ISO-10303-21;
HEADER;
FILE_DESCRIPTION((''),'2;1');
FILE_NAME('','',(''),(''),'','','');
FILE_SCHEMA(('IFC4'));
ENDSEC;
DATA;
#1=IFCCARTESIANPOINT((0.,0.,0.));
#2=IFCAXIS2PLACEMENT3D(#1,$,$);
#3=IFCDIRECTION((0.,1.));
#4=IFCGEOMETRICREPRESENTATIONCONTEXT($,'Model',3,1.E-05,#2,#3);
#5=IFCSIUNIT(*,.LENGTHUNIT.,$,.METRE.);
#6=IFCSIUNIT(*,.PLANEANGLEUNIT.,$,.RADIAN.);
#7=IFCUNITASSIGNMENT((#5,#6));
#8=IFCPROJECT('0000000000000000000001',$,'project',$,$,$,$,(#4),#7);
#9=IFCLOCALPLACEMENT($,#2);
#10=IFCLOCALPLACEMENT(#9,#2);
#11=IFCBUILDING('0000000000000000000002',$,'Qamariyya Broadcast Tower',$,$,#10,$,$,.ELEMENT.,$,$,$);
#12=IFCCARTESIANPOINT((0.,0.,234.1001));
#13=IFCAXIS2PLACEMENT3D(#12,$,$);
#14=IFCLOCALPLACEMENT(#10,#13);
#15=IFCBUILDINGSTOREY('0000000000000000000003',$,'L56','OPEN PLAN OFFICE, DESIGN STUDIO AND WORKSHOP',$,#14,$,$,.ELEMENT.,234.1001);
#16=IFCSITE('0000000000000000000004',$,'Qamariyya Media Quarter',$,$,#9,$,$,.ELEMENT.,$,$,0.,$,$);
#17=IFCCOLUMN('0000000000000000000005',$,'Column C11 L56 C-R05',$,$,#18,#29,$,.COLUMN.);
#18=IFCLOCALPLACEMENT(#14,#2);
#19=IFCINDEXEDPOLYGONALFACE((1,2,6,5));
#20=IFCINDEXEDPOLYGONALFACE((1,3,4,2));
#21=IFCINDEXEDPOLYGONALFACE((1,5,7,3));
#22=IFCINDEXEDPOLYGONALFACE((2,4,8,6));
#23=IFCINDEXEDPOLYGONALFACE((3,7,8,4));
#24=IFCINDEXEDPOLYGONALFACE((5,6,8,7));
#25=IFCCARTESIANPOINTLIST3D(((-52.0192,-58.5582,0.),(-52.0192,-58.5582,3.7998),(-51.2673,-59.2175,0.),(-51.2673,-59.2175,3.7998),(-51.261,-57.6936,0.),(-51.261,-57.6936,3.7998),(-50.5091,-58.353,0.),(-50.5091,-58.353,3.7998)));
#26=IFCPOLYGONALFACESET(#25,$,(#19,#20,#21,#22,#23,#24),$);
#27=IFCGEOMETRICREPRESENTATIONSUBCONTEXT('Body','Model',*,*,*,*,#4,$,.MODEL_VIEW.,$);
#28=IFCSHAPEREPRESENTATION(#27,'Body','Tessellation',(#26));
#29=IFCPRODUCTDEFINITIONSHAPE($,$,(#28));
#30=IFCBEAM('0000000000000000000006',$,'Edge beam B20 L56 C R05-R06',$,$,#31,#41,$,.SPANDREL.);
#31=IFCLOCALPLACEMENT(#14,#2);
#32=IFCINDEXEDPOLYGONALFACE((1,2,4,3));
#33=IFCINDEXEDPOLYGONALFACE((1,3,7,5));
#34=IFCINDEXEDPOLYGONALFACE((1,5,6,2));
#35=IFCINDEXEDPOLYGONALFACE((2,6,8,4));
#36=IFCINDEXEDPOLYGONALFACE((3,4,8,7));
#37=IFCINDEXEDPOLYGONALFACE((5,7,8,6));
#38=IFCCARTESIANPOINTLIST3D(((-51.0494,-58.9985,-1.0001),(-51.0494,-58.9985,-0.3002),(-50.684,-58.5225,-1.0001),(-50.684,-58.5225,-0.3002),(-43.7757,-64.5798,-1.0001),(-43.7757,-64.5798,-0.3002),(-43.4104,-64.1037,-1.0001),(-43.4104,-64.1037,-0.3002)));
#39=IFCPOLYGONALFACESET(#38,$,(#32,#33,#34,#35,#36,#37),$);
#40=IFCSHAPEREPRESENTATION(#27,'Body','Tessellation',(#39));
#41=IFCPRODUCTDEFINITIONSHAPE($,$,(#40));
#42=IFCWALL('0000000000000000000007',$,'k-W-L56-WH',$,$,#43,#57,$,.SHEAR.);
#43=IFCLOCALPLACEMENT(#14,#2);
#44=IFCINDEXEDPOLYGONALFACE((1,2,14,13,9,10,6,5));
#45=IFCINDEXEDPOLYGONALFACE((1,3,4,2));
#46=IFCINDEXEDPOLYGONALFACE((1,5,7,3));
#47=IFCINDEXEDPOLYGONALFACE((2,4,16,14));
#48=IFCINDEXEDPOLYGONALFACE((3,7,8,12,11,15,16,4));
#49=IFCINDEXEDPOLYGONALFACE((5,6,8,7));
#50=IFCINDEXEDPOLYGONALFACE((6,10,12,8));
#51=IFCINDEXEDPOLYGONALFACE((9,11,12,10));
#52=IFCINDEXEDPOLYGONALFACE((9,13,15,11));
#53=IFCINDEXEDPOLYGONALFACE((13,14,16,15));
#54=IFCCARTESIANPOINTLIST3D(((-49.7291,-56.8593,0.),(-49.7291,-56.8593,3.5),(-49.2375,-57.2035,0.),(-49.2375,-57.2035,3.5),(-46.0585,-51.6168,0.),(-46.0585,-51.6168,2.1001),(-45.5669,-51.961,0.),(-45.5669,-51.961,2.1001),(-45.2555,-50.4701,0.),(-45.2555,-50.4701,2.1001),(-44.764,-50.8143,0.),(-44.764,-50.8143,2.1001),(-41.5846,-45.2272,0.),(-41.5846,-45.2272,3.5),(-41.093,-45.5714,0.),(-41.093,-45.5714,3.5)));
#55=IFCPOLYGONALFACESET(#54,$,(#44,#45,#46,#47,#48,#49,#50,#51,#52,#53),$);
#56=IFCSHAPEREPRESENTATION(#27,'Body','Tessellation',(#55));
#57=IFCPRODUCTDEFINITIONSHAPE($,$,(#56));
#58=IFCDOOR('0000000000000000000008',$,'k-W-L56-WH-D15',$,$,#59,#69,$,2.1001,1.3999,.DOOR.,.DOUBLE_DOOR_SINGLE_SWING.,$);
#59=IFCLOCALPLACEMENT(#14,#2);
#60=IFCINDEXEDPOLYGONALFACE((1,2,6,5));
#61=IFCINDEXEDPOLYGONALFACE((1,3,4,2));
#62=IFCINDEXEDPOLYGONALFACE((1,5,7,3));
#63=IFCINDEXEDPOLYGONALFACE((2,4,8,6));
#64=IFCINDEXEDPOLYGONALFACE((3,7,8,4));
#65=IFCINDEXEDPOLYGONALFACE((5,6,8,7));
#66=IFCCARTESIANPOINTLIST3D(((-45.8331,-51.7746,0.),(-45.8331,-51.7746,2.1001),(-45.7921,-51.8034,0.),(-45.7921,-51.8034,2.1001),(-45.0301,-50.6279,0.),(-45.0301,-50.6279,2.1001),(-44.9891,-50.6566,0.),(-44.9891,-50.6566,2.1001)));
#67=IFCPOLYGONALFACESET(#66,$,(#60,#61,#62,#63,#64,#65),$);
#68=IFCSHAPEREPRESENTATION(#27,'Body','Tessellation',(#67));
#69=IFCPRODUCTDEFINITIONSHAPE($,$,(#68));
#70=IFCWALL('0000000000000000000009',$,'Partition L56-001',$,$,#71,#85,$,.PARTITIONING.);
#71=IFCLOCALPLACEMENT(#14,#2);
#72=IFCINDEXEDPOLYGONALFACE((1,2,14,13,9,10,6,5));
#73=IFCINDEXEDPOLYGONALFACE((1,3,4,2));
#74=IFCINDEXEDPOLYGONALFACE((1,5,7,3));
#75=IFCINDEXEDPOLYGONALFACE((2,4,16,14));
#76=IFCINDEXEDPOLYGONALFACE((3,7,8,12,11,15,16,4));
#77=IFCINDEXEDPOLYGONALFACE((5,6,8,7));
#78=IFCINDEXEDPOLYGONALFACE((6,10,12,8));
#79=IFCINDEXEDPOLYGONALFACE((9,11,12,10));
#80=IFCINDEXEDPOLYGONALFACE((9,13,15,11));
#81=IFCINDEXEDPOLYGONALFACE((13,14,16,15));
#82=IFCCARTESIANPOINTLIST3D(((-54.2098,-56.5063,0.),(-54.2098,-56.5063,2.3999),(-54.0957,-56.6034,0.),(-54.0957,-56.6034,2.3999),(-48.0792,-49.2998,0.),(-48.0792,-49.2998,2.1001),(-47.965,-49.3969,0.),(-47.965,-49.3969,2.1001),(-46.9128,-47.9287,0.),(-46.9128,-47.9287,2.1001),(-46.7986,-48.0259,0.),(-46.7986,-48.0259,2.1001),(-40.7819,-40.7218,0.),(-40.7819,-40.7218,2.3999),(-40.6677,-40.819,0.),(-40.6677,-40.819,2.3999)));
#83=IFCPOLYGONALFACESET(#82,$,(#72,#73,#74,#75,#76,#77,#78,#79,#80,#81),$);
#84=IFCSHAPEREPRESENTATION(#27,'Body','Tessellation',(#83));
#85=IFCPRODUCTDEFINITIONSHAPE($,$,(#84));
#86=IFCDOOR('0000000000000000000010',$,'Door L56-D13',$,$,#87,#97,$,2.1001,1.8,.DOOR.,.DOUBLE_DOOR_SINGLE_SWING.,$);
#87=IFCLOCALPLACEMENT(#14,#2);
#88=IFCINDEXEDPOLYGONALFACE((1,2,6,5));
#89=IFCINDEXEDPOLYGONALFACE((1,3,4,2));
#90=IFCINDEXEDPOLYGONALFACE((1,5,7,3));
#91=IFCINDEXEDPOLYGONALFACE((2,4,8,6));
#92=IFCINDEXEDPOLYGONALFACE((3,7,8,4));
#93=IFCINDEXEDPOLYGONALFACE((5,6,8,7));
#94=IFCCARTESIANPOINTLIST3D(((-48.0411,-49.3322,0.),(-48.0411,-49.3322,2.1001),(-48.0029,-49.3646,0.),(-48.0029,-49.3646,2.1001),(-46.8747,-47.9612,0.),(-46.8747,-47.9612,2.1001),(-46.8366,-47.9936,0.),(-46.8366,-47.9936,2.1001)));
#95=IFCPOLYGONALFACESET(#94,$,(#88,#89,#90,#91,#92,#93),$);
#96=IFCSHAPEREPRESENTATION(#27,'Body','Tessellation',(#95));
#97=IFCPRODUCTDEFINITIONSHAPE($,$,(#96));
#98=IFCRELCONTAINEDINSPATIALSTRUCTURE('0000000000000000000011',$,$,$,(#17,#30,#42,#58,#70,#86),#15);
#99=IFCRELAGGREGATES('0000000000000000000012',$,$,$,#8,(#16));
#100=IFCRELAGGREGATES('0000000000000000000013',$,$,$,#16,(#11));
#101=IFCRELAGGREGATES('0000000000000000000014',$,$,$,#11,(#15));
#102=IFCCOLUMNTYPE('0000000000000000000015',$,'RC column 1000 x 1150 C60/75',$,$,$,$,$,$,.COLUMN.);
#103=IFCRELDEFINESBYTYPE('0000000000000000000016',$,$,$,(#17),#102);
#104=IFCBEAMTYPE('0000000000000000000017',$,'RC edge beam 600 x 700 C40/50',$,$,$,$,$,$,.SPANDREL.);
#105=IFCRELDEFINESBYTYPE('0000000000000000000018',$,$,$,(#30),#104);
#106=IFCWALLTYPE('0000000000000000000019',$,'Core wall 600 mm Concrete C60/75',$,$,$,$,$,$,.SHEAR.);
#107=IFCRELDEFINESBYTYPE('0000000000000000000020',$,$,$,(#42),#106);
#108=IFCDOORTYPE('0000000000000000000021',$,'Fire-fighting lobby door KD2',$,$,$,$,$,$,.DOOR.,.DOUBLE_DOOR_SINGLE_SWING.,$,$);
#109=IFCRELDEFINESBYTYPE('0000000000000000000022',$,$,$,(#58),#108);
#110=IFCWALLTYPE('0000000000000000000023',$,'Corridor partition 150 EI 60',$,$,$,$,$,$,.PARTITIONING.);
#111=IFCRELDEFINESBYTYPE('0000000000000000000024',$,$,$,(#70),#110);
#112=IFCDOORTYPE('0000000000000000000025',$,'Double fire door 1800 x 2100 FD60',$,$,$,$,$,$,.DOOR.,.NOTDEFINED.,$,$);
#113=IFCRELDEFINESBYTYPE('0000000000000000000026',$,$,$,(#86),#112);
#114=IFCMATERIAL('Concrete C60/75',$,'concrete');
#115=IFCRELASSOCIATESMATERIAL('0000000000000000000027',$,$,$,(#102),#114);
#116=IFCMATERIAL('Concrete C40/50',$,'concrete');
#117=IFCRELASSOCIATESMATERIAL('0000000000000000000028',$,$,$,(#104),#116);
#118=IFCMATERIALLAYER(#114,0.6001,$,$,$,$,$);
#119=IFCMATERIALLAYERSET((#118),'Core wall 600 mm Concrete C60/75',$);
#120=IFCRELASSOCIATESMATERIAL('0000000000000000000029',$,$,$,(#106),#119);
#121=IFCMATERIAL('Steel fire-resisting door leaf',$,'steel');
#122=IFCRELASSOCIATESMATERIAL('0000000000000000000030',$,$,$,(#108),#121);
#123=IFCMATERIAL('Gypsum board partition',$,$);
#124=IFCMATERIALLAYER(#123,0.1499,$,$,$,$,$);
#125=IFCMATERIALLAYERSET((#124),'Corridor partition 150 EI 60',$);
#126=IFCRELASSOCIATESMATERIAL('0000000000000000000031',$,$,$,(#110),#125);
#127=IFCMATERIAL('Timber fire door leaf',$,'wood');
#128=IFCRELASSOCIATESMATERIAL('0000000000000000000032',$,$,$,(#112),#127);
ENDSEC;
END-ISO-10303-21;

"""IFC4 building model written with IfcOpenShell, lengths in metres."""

from ifc_helpers import new_model, si_unit, direction, frame, frame_2d, origin, origin_2d, place, context, subcontext, project, spatial, rectangle, extrude, material, layer, layer_set, material_profile, profile_set, type_object, element, fill, save


model = new_model("IFC4")

# Units and contexts
model_context = context("Model", 3, precision=1e-05, world=origin(), true_north=direction((0.0, 1.0)))
body_context = subcontext(model_context, "Body", "Model", "MODEL_VIEW")
ifc_project = project(units=[si_unit("LENGTHUNIT", "METRE"), si_unit("PLANEANGLEUNIT", "RADIAN")], contexts=[model_context])

# Site, building, storey
site_placement = place(None, origin())
site = spatial("IfcSite", under=ifc_project, at=site_placement, Name="Qamariyya Media Quarter", CompositionType="ELEMENT", RefElevation=0.0)
building_placement = place(site_placement, origin())
building = spatial("IfcBuilding", under=site, at=building_placement, Name="Qamariyya Broadcast Tower", CompositionType="ELEMENT")
storey_placement = place(building_placement, frame((0.0, 0.0, 234.1001)))
storey = spatial("IfcBuildingStorey", under=building, at=storey_placement, Name="L56", Description="OPEN PLAN OFFICE, DESIGN STUDIO AND WORKSHOP", CompositionType="ELEMENT", Elevation=234.1001)

# Column
ifc_material_1 = material(Name="Concrete C60/75", Category="concrete")
ifc_material_profile_1 = material_profile(ifc_material_1, rectangle(XDim=1.0, YDim=1.1499, at=origin_2d()))
ifc_profile_set_1 = profile_set([ifc_material_profile_1], Name="Concrete C60/75")
column_type = type_object("IfcColumnType", Name="RC column 1000 x 1150 C60/75", PredefinedType="COLUMN", material=ifc_profile_set_1)
column_placement = place(storey_placement, frame((-51.2642, -58.4556, 0.0), z_axis=(0.0, 0.0, 1.0), x_axis=(0.75184, -0.659346, 0.0)))
element("IfcColumn", 1, at=column_placement, inside=storey, type_object=column_type, Name="Column C11 L56 C-R05", PredefinedType="COLUMN", context=body_context, shape_type="SweptSolid", body=[
    extrude(rectangle(XDim=1.0, YDim=1.1499, at=origin_2d()), origin(), (0.0, 0.0, 1.0), 3.7998),
])

# Beam
ifc_material_2 = material(Name="Concrete C40/50", Category="concrete")
ifc_material_profile_2 = material_profile(ifc_material_2, rectangle(XDim=0.6001, YDim=0.7, at=origin_2d()))
ifc_profile_set_2 = profile_set([ifc_material_profile_2], Name="Concrete C40/50")
beam_type = type_object("IfcBeamType", Name="RC edge beam 600 x 700 C40/50", PredefinedType="SPANDREL", material=ifc_profile_set_2)
beam_placement = place(storey_placement, frame((-50.8667, -58.7605, -0.6501), z_axis=(0.793353, -0.608762, 0.0), x_axis=(0.608762, 0.793353, 0.0)))
element("IfcBeam", 2, at=beam_placement, inside=storey, type_object=beam_type, Name="Edge beam B20 L56 C R05-R06", PredefinedType="SPANDREL", context=body_context, shape_type="SweptSolid", body=[
    extrude(rectangle(XDim=0.6001, YDim=0.7, at=origin_2d()), origin(), (0.0, 0.0, 1.0), 9.1682),
])

# Walls, openings, doors
ifc_layer_1 = layer(ifc_material_1, 0.6001)
ifc_layer_set_1 = layer_set([ifc_layer_1], Name="Core wall 600 mm Concrete C60/75")
wall_type_1 = type_object("IfcWallType", Name="Core wall 600 mm Concrete C60/75", PredefinedType="SHEAR", material=ifc_layer_set_1)
wall_1_placement = place(storey_placement, frame((-49.4834, -57.0315, 0.0), z_axis=(0.0, 0.0, 1.0), x_axis=(0.57356, 0.819163, 0.0)))
wall_1 = element("IfcWall", 3, at=wall_1_placement, inside=storey, type_object=wall_type_1, Name="k-W-L56-WH", PredefinedType="SHEAR", context=body_context, shape_type="SweptSolid", body=[
    extrude(rectangle(XDim=14.2, YDim=0.6001, at=frame_2d((7.1001, 0.0))), origin(), (0.0, 0.0, 1.0), 3.5),
])
opening_1_placement = place(wall_1_placement, frame((6.3999, 0.0, 0.0)))
opening_1 = element("IfcOpeningElement", 4, at=opening_1_placement, cuts=wall_1, PredefinedType="OPENING", context=body_context, shape_type="SweptSolid", body=[
    extrude(rectangle(XDim=1.3999, YDim=2.1001, at=frame_2d((0.7, 1.05))), frame((0.0, 0.3101, 0.0), z_axis=(0.0, -1.0, 0.0), x_axis=(1.0, 0.0, 0.0)), (0.0, 0.0, 1.0), 0.6201),
])
ifc_material_3 = material(Name="Steel fire-resisting door leaf", Category="steel")
door_type_1 = type_object("IfcDoorType", Name="Fire-fighting lobby door KD2", OperationType="DOUBLE_DOOR_SINGLE_SWING", PredefinedType="DOOR", material=ifc_material_3)
door_1_placement = place(opening_1_placement, origin())
door_1 = element("IfcDoor", 5, at=door_1_placement, inside=storey, type_object=door_type_1, Name="k-W-L56-WH-D15", OperationType="DOUBLE_DOOR_SINGLE_SWING", OverallHeight=2.1001, OverallWidth=1.3999, PredefinedType="DOOR", context=body_context, shape_type="SweptSolid", body=[
    extrude(rectangle(XDim=1.3999, YDim=2.1001, at=frame_2d((0.7, 1.05))), frame((0.0, 0.0249, 0.0), z_axis=(0.0, -1.0, 0.0), x_axis=(1.0, 0.0, 0.0)), (0.0, 0.0, 1.0), 0.05),
])
fill(opening_1, door_1)
ifc_material_4 = material(Name="Gypsum board partition")
ifc_layer_2 = layer(ifc_material_4, 0.1499)
ifc_layer_set_2 = layer_set([ifc_layer_2], Name="Corridor partition 150 EI 60")
wall_type_2 = type_object("IfcWallType", Name="Corridor partition 150 EI 60", PredefinedType="PARTITIONING", material=ifc_layer_set_2)
wall_2_placement = place(storey_placement, frame((-54.1528, -56.5549, 0.0), z_axis=(0.0, 0.0, 1.0), x_axis=(0.647963, 0.761672, 0.0)))
wall_2 = element("IfcWall", 6, at=wall_2_placement, inside=storey, type_object=wall_type_2, Name="Partition L56-001", PredefinedType="PARTITIONING", context=body_context, shape_type="SweptSolid", body=[
    extrude(rectangle(XDim=20.7234, YDim=0.1499, at=frame_2d((10.3618, 0.0))), origin(), (0.0, 0.0, 1.0), 2.3999),
])
opening_2_placement = place(wall_2_placement, frame((9.4617, 0.0, 0.0)))
opening_2 = element("IfcOpeningElement", 7, at=opening_2_placement, cuts=wall_2, PredefinedType="OPENING", context=body_context, shape_type="SweptSolid", body=[
    extrude(rectangle(XDim=1.8, YDim=2.1001, at=frame_2d((0.8999, 1.05))), frame((0.0, 0.085, 0.0), z_axis=(0.0, -1.0, 0.0), x_axis=(1.0, 0.0, 0.0)), (0.0, 0.0, 1.0), 0.1699),
])
ifc_material_5 = material(Name="Timber fire door leaf", Category="wood")
door_type_2 = type_object("IfcDoorType", Name="Double fire door 1800 x 2100 FD60", OperationType="NOTDEFINED", PredefinedType="DOOR", material=ifc_material_5)
door_2_placement = place(opening_2_placement, origin())
door_2 = element("IfcDoor", 8, at=door_2_placement, inside=storey, type_object=door_type_2, Name="Door L56-D13", OperationType="DOUBLE_DOOR_SINGLE_SWING", OverallHeight=2.1001, OverallWidth=1.8, PredefinedType="DOOR", context=body_context, shape_type="SweptSolid", body=[
    extrude(rectangle(XDim=1.8, YDim=2.1001, at=frame_2d((0.8999, 1.05))), frame((0.0, 0.0249, 0.0), z_axis=(0.0, -1.0, 0.0), x_axis=(1.0, 0.0, 0.0)), (0.0, 0.0, 1.0), 0.05),
])
fill(opening_2, door_2)

save(model, "model.ifc")
